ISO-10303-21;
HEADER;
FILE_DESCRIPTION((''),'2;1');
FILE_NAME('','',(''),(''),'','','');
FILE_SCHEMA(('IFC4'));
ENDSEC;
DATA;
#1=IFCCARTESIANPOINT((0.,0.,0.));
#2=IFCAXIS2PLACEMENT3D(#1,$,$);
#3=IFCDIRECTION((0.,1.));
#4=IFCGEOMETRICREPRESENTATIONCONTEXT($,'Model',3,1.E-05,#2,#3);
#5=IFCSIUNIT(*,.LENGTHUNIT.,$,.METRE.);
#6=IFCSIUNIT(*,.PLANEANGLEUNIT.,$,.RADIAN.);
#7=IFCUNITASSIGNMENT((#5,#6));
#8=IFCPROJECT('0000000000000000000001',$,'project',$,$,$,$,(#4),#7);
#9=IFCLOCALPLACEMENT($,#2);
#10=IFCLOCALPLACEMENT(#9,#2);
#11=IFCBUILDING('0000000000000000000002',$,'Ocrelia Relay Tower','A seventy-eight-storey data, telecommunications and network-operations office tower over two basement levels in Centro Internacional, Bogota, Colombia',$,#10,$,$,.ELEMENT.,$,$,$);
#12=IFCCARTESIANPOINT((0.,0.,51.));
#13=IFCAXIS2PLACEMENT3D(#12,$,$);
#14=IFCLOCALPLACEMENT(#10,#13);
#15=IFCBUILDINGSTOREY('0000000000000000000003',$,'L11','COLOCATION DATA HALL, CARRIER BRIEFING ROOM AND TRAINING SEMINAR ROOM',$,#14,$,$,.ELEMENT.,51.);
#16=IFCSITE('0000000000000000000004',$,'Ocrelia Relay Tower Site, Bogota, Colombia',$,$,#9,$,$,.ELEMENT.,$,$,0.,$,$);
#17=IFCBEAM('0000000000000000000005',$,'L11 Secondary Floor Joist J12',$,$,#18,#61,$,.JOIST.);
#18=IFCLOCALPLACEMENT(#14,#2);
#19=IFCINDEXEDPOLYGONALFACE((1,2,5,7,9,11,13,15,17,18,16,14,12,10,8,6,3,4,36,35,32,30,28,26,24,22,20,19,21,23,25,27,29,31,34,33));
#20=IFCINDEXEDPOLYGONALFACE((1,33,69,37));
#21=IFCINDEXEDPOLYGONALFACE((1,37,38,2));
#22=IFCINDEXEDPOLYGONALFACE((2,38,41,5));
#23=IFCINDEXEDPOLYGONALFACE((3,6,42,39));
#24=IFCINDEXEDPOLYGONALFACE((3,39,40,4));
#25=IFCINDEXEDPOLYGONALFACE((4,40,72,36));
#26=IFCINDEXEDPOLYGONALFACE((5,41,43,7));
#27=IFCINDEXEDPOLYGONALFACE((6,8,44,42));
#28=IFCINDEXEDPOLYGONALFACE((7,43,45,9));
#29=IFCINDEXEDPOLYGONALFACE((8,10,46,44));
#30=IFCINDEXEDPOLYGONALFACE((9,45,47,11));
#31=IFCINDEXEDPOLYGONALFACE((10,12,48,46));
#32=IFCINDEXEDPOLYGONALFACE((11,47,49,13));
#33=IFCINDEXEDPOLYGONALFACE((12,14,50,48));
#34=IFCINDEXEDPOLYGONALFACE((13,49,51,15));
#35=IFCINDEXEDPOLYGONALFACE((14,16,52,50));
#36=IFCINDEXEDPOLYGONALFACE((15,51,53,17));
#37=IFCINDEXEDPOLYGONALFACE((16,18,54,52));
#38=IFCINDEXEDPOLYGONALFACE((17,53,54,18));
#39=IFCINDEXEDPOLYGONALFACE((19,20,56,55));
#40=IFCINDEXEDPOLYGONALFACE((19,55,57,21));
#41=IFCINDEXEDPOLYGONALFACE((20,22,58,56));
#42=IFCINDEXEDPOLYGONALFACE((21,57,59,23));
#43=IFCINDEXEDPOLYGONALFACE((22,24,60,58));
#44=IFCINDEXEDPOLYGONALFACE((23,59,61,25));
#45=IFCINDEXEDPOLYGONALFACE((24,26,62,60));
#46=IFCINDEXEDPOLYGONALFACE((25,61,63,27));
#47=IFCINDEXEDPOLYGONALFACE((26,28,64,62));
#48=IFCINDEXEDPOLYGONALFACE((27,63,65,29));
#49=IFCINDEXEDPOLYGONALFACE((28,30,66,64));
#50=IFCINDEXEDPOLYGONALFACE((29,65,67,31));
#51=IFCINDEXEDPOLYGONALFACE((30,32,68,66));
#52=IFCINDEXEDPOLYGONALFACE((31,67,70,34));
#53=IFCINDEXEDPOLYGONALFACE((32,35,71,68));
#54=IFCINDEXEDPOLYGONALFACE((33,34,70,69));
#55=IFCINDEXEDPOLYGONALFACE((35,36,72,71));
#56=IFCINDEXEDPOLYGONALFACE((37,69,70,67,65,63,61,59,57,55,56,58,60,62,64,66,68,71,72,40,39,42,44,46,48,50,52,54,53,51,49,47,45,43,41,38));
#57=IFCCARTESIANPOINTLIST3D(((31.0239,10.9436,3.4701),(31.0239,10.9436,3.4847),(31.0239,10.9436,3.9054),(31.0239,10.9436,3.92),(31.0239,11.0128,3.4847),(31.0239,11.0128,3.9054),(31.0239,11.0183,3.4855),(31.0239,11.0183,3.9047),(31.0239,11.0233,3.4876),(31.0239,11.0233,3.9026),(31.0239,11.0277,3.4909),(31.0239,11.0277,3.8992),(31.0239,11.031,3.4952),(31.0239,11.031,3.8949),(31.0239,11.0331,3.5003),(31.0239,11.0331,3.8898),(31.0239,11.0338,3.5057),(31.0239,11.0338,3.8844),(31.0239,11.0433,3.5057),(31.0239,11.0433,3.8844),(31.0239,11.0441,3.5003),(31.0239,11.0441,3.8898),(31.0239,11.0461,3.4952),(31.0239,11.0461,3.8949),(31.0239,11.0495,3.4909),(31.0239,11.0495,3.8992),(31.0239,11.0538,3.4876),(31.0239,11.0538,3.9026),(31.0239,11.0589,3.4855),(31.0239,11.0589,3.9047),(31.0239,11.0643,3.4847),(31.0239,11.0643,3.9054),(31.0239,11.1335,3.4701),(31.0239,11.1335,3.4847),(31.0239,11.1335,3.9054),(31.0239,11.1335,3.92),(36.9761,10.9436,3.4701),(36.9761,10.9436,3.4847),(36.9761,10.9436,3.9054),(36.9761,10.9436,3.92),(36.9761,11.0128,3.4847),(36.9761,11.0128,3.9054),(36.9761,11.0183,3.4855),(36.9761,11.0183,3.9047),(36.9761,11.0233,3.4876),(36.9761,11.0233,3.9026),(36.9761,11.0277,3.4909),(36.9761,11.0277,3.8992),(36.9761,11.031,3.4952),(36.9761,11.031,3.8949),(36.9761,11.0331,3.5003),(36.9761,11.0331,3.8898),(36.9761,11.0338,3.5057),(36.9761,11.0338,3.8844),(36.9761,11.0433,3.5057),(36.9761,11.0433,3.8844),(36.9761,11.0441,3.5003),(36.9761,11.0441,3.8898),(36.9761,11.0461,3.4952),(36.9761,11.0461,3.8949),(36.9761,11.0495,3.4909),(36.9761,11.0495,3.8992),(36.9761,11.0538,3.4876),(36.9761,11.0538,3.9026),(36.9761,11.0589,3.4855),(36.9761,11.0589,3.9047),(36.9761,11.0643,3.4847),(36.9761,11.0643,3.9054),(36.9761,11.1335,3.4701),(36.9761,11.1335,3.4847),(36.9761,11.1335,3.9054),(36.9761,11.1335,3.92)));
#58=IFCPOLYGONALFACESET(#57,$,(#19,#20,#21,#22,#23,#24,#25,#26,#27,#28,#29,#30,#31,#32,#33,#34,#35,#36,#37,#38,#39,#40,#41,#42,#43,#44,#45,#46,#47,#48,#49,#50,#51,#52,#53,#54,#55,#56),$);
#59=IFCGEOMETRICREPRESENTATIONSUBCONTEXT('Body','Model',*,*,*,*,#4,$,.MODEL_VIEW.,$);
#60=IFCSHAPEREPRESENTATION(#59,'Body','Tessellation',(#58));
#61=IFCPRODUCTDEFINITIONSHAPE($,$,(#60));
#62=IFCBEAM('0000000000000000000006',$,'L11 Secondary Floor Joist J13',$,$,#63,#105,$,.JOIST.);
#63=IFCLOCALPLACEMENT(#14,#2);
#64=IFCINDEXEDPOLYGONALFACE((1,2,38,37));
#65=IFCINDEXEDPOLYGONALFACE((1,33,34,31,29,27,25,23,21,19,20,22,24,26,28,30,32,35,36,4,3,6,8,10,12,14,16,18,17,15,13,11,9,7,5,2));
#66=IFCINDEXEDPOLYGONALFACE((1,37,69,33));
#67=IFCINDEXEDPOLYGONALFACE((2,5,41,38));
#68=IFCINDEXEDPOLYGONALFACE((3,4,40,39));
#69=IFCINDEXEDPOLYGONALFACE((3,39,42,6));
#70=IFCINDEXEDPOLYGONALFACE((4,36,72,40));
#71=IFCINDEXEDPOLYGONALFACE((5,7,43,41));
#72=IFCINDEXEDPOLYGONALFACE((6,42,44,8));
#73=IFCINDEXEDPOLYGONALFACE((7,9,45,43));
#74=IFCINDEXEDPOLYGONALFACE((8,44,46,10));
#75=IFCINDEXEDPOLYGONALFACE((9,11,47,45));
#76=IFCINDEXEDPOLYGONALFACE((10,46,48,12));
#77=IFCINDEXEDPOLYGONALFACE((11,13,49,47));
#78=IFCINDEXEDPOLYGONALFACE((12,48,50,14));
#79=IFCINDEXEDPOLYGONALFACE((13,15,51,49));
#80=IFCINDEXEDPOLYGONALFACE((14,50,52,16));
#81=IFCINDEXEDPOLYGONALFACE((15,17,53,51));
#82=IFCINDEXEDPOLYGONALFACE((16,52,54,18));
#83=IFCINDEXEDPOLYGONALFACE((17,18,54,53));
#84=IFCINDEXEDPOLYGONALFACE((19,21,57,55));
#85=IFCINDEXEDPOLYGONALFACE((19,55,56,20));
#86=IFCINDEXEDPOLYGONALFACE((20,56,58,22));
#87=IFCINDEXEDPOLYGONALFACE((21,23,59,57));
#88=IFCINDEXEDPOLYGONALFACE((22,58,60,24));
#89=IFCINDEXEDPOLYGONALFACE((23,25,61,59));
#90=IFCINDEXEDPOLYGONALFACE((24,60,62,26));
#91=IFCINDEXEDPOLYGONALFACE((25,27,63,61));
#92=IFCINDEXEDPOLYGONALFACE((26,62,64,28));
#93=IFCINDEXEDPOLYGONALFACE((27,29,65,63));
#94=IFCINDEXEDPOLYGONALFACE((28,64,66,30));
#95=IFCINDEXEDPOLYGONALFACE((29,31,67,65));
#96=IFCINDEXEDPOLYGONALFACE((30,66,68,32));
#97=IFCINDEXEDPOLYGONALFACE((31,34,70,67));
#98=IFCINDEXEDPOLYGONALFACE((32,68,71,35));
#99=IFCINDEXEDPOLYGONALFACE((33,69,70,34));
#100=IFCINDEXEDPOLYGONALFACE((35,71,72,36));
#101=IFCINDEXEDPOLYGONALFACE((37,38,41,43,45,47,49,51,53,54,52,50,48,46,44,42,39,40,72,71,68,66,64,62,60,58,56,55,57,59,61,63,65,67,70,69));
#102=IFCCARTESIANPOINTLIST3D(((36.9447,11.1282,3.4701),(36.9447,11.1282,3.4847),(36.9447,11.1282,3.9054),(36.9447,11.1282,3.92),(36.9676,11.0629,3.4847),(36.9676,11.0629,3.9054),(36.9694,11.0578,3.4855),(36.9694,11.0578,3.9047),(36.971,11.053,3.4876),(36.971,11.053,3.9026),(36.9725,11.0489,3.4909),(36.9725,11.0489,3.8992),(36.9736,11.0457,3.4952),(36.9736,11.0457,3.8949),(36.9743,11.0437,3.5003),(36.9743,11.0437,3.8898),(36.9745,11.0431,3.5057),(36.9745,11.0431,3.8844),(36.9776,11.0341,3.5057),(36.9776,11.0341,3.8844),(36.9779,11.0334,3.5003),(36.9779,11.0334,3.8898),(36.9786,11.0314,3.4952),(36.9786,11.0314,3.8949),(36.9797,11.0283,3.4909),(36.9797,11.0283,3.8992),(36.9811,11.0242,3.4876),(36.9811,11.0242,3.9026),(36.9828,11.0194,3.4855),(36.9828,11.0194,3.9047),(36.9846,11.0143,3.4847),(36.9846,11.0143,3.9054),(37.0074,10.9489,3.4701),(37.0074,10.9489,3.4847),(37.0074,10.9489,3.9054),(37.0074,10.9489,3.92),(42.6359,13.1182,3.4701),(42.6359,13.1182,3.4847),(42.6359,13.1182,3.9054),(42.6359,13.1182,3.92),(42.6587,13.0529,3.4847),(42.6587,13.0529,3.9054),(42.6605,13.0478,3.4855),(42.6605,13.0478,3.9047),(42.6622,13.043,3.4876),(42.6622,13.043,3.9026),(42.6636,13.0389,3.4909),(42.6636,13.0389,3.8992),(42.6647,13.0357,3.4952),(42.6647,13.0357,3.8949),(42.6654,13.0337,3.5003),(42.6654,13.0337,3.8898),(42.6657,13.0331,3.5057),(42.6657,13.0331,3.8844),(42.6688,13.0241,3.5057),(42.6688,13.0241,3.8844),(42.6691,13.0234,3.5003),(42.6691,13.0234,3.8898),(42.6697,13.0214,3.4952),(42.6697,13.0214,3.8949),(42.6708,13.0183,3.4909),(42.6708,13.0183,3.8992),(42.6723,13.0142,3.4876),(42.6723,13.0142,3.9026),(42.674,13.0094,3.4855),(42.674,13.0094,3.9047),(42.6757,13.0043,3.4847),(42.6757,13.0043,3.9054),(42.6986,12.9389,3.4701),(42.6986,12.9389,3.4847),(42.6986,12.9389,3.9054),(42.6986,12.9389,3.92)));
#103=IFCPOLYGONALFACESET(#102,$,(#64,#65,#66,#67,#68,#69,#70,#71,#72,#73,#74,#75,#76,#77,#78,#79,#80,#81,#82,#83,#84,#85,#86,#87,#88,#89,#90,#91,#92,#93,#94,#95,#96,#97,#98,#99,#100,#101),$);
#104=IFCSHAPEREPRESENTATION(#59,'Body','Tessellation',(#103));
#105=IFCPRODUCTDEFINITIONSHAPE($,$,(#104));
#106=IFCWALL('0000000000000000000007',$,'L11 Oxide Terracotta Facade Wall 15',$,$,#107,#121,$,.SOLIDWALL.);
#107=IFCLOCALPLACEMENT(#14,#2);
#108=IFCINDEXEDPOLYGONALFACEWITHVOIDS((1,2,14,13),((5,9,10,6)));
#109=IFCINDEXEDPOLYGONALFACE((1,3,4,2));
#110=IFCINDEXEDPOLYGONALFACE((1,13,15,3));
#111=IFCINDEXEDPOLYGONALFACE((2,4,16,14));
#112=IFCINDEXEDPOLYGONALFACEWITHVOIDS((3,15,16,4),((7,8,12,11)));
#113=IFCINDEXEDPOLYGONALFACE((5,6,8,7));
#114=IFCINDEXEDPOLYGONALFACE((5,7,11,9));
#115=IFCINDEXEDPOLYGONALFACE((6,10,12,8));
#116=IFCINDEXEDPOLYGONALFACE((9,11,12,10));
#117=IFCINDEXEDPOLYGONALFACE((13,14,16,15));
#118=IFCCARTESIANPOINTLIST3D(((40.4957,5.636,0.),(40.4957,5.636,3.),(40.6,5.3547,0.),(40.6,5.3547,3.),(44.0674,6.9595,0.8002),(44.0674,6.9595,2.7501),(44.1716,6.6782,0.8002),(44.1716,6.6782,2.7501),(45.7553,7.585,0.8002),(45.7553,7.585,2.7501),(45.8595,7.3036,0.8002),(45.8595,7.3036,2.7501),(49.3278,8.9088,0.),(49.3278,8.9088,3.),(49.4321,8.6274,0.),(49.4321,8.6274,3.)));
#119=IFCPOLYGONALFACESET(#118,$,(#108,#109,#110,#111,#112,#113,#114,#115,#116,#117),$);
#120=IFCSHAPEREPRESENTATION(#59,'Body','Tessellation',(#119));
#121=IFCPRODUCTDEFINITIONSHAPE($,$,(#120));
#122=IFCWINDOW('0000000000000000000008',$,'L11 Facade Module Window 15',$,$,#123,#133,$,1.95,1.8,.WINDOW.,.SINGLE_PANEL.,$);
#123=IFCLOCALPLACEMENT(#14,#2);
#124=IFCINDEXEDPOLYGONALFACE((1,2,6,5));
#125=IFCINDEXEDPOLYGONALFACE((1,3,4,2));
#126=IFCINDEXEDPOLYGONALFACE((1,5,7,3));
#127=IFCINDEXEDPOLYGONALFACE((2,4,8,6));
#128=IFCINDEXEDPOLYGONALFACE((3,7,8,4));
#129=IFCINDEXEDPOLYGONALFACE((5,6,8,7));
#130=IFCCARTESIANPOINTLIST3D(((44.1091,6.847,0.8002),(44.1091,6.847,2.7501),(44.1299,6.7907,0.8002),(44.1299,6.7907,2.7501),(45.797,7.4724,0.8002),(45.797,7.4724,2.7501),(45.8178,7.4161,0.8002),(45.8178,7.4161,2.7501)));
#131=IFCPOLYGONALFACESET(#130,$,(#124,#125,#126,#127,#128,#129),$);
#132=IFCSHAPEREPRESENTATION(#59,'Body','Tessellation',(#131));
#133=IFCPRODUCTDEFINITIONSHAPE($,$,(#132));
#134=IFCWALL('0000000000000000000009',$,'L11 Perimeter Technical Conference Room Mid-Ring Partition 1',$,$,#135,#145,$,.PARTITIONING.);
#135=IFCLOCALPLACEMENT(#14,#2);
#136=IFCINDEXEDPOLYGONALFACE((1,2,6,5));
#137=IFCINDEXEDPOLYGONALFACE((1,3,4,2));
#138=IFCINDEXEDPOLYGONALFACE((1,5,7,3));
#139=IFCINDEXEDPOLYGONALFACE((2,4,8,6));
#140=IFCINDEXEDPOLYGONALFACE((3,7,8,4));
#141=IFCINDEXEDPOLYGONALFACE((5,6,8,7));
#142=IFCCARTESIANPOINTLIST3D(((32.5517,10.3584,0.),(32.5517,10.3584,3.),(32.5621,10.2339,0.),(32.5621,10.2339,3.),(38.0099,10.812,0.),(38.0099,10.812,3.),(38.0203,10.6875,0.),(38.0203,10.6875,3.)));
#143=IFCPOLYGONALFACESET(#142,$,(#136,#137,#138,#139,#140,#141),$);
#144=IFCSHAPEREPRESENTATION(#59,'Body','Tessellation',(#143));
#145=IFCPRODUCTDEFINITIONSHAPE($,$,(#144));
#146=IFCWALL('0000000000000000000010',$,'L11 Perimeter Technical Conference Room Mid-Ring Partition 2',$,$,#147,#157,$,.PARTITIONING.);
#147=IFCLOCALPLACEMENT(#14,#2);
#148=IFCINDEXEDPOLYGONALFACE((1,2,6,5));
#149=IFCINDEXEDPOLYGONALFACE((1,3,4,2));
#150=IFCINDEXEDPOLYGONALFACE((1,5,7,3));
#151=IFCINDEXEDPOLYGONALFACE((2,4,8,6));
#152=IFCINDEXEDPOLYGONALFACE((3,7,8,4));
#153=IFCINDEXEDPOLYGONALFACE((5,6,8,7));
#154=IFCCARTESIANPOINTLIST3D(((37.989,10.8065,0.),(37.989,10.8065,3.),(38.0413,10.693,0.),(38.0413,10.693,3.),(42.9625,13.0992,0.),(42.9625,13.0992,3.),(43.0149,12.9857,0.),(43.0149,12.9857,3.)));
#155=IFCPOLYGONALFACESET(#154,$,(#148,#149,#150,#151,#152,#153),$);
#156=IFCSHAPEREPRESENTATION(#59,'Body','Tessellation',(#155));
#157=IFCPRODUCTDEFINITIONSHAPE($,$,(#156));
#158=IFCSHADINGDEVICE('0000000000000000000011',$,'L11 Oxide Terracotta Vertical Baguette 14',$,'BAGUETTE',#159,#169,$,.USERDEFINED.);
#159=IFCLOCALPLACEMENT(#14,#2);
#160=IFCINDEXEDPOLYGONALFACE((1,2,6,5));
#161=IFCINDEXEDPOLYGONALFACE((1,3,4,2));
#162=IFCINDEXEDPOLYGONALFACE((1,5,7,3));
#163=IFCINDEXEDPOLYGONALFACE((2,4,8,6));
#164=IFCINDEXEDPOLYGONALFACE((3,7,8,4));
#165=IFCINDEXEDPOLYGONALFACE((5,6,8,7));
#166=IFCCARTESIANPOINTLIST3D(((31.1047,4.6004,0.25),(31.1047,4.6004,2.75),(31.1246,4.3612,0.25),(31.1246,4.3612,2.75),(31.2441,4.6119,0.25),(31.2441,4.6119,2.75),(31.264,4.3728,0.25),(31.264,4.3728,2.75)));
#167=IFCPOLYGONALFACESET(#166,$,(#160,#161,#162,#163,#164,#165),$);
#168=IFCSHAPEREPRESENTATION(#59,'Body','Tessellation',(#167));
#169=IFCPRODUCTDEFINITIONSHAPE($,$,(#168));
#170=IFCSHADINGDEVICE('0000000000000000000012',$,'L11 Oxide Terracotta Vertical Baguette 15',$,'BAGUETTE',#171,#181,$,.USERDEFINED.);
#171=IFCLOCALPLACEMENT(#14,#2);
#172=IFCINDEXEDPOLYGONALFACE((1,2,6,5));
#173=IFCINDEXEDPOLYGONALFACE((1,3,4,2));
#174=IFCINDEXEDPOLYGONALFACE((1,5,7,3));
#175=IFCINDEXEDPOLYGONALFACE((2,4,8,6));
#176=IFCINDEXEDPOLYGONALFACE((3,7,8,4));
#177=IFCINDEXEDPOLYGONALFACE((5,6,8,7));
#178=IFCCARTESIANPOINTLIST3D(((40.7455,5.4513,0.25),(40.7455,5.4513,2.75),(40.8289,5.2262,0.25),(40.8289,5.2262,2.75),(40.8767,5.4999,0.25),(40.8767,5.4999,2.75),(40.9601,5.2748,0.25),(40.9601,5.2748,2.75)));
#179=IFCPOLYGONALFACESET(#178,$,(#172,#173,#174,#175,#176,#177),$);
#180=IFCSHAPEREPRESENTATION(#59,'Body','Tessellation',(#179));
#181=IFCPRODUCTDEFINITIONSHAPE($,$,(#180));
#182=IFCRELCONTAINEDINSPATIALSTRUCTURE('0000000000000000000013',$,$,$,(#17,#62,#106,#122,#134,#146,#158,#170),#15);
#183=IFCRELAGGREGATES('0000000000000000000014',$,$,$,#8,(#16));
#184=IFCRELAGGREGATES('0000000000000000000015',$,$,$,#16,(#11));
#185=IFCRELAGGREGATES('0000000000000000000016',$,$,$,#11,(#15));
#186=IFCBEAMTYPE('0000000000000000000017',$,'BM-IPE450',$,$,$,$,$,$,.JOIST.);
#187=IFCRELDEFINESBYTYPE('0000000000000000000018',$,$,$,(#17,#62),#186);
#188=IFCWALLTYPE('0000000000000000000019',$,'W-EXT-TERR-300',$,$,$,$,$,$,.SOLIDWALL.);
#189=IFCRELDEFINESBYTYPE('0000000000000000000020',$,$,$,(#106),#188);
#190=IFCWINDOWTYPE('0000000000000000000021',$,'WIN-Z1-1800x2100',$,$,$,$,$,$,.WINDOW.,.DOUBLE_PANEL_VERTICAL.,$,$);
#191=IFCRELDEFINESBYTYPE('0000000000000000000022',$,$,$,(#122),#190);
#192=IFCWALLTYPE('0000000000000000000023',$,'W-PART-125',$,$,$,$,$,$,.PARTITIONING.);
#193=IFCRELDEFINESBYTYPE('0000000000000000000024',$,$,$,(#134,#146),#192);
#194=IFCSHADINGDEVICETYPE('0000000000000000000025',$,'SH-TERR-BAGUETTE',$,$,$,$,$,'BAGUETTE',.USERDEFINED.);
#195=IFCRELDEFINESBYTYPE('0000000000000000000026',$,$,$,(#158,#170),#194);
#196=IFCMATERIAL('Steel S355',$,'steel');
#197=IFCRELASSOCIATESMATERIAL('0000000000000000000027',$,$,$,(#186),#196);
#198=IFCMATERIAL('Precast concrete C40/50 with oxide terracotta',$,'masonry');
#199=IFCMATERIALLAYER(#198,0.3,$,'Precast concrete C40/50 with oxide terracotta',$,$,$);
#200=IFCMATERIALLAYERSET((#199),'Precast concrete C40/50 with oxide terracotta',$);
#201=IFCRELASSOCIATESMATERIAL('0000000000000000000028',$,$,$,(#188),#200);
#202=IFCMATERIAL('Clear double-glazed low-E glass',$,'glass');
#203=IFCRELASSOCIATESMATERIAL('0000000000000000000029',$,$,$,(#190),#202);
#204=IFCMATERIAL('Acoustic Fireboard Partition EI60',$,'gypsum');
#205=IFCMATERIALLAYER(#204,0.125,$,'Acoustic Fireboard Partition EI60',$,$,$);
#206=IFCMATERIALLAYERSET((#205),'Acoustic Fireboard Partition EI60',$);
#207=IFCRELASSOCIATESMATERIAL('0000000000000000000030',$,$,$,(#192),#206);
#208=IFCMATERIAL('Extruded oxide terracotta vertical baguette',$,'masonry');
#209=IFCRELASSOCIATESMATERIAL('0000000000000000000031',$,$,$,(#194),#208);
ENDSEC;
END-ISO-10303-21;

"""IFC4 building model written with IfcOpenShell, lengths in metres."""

from ifc_helpers import new_model, si_unit, direction, frame, frame_2d, origin, origin_2d, place, context, subcontext, project, spatial, rectangle, i_section, extrude, material, layer, layer_set, material_profile, profile_set, type_object, element, fill, save


model = new_model("IFC4")

# Units and contexts
model_context = context("Model", 3, precision=1e-05, world=origin(), true_north=direction((0.0, 1.0)))
body_context = subcontext(model_context, "Body", "Model", "MODEL_VIEW")
ifc_project = project(units=[si_unit("LENGTHUNIT", "METRE"), si_unit("PLANEANGLEUNIT", "RADIAN")], contexts=[model_context])

# Site, building, storey
site_placement = place(None, origin())
site = spatial("IfcSite", under=ifc_project, at=site_placement, Name="Ocrelia Relay Tower Site, Bogota, Colombia", CompositionType="ELEMENT", RefElevation=0.0)
building_placement = place(site_placement, origin())
building = spatial("IfcBuilding", under=site, at=building_placement, Name="Ocrelia Relay Tower", Description="A seventy-eight-storey data, telecommunications and network-operations office tower over two basement levels in Centro Internacional, Bogota, Colombia", CompositionType="ELEMENT")
storey_placement = place(building_placement, frame((0.0, 0.0, 51.0)))
storey = spatial("IfcBuildingStorey", under=building, at=storey_placement, Name="L11", Description="COLOCATION DATA HALL, CARRIER BRIEFING ROOM AND TRAINING SEMINAR ROOM", CompositionType="ELEMENT", Elevation=51.0)

# Beams
ifc_material_1 = material(Name="Steel S355", Category="steel")
ifc_material_profile_1 = material_profile(ifc_material_1, i_section(OverallWidth=0.1899, OverallDepth=0.45, WebThickness=0.0095, FlangeThickness=0.0146, FilletRadius=0.021, at=origin_2d()), Name="IPE 450")
ifc_profile_set_1 = profile_set([ifc_material_profile_1], Name="Steel S355")
beam_type_1 = type_object("IfcBeamType", Name="BM-IPE450", PredefinedType="JOIST", material=ifc_profile_set_1)
beam_1_placement = place(storey_placement, frame((31.0239, 11.0386, 3.6951), z_axis=(1.0, 0.0, 0.0), x_axis=(0.0, 1.0, 0.0)))
element("IfcBeam", 1, at=beam_1_placement, inside=storey, type_object=beam_type_1, Name="L11 Secondary Floor Joist J12", PredefinedType="JOIST", context=body_context, shape_type="SweptSolid", body=[
    extrude(i_section(OverallWidth=0.1899, OverallDepth=0.45, WebThickness=0.0095, FlangeThickness=0.0146, FilletRadius=0.021, at=origin_2d()), origin(), (0.0, 0.0, 1.0), 5.9521),
])
beam_2_placement = place(storey_placement, frame((36.9761, 11.0386, 3.6951), z_axis=(0.943957, 0.330067, 0.0), x_axis=(-0.330067, 0.943957, 0.0)))
element("IfcBeam", 2, at=beam_2_placement, inside=storey, type_object=beam_type_1, Name="L11 Secondary Floor Joist J13", PredefinedType="JOIST", context=body_context, shape_type="SweptSolid", body=[
    extrude(i_section(OverallWidth=0.1899, OverallDepth=0.45, WebThickness=0.0095, FlangeThickness=0.0146, FilletRadius=0.021, at=origin_2d()), origin(), (0.0, 0.0, 1.0), 6.0291),
])

# Shared definitions
ifc_material_2 = material(Name="Precast concrete C40/50 with oxide terracotta", Category="masonry")
ifc_layer_1 = layer(ifc_material_2, 0.3, Name="Precast concrete C40/50 with oxide terracotta")
ifc_layer_set_1 = layer_set([ifc_layer_1], Name="Precast concrete C40/50 with oxide terracotta")
wall_type_1 = type_object("IfcWallType", Name="W-EXT-TERR-300", PredefinedType="SOLIDWALL", material=ifc_layer_set_1)

# Wall, opening, window
wall_1_placement = place(storey_placement, frame((40.5479, 5.4954, 0.0), z_axis=(0.0, 0.0, 1.0), x_axis=(0.937694, 0.347462, 0.0)))
wall_1 = element("IfcWall", 3, at=wall_1_placement, inside=storey, type_object=wall_type_1, Name="L11 Oxide Terracotta Facade Wall 15", PredefinedType="SOLIDWALL", context=body_context, shape_type="SweptSolid", body=[
    extrude(rectangle(XDim=9.4189, YDim=0.3, at=frame_2d((4.7095, 0.0))), origin(), (0.0, 0.0, 1.0), 3.0),
])
opening_1_placement = place(wall_1_placement, frame((3.8091, 0.0, 0.8)))
opening_1 = element("IfcOpeningElement", 4, at=opening_1_placement, cuts=wall_1, PredefinedType="OPENING", context=body_context, shape_type="SweptSolid", body=[
    extrude(rectangle(XDim=1.8, YDim=1.95, at=frame_2d((0.8999, 0.9751))), frame((0.0, 0.1602, 0.0), z_axis=(0.0, -1.0, 0.0), x_axis=(1.0, 0.0, 0.0)), (0.0, 0.0, 1.0), 0.3201),
])
ifc_material_3 = material(Name="Clear double-glazed low-E glass", Category="glass")
window_type = type_object("IfcWindowType", Name="WIN-Z1-1800x2100", PartitioningType="DOUBLE_PANEL_VERTICAL", PredefinedType="WINDOW", material=ifc_material_3)
window_placement = place(opening_1_placement, origin())
window = element("IfcWindow", 5, at=window_placement, inside=storey, type_object=window_type, Name="L11 Facade Module Window 15", OverallHeight=1.95, OverallWidth=1.8, PartitioningType="SINGLE_PANEL", PredefinedType="WINDOW", context=body_context, shape_type="SweptSolid", body=[
    extrude(rectangle(XDim=1.8, YDim=1.95, at=frame_2d((0.8999, 0.9751))), frame((0.0, 0.03, 0.0), z_axis=(0.0, -1.0, 0.0), x_axis=(1.0, 0.0, 0.0)), (0.0, 0.0, 1.0), 0.0601),
])
fill(opening_1, window)

# Walls
ifc_material_4 = material(Name="Acoustic Fireboard Partition EI60", Category="gypsum")
ifc_layer_2 = layer(ifc_material_4, 0.125, Name="Acoustic Fireboard Partition EI60")
ifc_layer_set_2 = layer_set([ifc_layer_2], Name="Acoustic Fireboard Partition EI60")
wall_type_2 = type_object("IfcWallType", Name="W-PART-125", PredefinedType="PARTITIONING", material=ifc_layer_set_2)
wall_2_placement = place(storey_placement, frame((32.5569, 10.2961, 0.0), z_axis=(0.0, 0.0, 1.0), x_axis=(0.996564, 0.08282, 0.0)))
element("IfcWall", 6, at=wall_2_placement, inside=storey, type_object=wall_type_2, Name="L11 Perimeter Technical Conference Room Mid-Ring Partition 1", PredefinedType="PARTITIONING", context=body_context, shape_type="SweptSolid", body=[
    extrude(rectangle(XDim=5.4771, YDim=0.125, at=frame_2d((2.7385, 0.0))), origin(), (0.0, 0.0, 1.0), 3.0),
])
wall_3_placement = place(storey_placement, frame((38.0151, 10.7498, 0.0), z_axis=(0.0, 0.0, 1.0), x_axis=(0.908154, 0.418637, 0.0)))
element("IfcWall", 7, at=wall_3_placement, inside=storey, type_object=wall_type_2, Name="L11 Perimeter Technical Conference Room Mid-Ring Partition 2", PredefinedType="PARTITIONING", context=body_context, shape_type="SweptSolid", body=[
    extrude(rectangle(XDim=5.4766, YDim=0.125, at=frame_2d((2.7383, 0.0))), origin(), (0.0, 0.0, 1.0), 3.0),
])

# Shading devices
ifc_material_5 = material(Name="Extruded oxide terracotta vertical baguette", Category="masonry")
shading_device_type_1 = type_object("IfcShadingDeviceType", Name="SH-TERR-BAGUETTE", ElementType="BAGUETTE", PredefinedType="USERDEFINED", material=ifc_material_5)
for number, where, z_axis, x_axis, name in (
    (8, (31.1843, 4.4866, 0.25), (0.0, 0.0, 1.0), (0.996566, 0.082808, 0.0), "L11 Oxide Terracotta Vertical Baguette 14"),
    (9, (40.8528, 5.363, 0.25), (0.0, 0.0, 1.0), (0.937696, 0.347457, 0.0), "L11 Oxide Terracotta Vertical Baguette 15"),
):
    element("IfcShadingDevice", number, at=place(storey_placement, frame(where, z_axis=z_axis, x_axis=x_axis)), inside=storey, type_object=shading_device_type_1, Name=name, ObjectType="BAGUETTE", PredefinedType="USERDEFINED", context=body_context, shape_type="SweptSolid", body=[
        extrude(rectangle(XDim=0.1399, YDim=0.24, at=origin_2d()), origin(), (0.0, 0.0, 1.0), 2.5),
    ])

save(model, "model.ifc")
